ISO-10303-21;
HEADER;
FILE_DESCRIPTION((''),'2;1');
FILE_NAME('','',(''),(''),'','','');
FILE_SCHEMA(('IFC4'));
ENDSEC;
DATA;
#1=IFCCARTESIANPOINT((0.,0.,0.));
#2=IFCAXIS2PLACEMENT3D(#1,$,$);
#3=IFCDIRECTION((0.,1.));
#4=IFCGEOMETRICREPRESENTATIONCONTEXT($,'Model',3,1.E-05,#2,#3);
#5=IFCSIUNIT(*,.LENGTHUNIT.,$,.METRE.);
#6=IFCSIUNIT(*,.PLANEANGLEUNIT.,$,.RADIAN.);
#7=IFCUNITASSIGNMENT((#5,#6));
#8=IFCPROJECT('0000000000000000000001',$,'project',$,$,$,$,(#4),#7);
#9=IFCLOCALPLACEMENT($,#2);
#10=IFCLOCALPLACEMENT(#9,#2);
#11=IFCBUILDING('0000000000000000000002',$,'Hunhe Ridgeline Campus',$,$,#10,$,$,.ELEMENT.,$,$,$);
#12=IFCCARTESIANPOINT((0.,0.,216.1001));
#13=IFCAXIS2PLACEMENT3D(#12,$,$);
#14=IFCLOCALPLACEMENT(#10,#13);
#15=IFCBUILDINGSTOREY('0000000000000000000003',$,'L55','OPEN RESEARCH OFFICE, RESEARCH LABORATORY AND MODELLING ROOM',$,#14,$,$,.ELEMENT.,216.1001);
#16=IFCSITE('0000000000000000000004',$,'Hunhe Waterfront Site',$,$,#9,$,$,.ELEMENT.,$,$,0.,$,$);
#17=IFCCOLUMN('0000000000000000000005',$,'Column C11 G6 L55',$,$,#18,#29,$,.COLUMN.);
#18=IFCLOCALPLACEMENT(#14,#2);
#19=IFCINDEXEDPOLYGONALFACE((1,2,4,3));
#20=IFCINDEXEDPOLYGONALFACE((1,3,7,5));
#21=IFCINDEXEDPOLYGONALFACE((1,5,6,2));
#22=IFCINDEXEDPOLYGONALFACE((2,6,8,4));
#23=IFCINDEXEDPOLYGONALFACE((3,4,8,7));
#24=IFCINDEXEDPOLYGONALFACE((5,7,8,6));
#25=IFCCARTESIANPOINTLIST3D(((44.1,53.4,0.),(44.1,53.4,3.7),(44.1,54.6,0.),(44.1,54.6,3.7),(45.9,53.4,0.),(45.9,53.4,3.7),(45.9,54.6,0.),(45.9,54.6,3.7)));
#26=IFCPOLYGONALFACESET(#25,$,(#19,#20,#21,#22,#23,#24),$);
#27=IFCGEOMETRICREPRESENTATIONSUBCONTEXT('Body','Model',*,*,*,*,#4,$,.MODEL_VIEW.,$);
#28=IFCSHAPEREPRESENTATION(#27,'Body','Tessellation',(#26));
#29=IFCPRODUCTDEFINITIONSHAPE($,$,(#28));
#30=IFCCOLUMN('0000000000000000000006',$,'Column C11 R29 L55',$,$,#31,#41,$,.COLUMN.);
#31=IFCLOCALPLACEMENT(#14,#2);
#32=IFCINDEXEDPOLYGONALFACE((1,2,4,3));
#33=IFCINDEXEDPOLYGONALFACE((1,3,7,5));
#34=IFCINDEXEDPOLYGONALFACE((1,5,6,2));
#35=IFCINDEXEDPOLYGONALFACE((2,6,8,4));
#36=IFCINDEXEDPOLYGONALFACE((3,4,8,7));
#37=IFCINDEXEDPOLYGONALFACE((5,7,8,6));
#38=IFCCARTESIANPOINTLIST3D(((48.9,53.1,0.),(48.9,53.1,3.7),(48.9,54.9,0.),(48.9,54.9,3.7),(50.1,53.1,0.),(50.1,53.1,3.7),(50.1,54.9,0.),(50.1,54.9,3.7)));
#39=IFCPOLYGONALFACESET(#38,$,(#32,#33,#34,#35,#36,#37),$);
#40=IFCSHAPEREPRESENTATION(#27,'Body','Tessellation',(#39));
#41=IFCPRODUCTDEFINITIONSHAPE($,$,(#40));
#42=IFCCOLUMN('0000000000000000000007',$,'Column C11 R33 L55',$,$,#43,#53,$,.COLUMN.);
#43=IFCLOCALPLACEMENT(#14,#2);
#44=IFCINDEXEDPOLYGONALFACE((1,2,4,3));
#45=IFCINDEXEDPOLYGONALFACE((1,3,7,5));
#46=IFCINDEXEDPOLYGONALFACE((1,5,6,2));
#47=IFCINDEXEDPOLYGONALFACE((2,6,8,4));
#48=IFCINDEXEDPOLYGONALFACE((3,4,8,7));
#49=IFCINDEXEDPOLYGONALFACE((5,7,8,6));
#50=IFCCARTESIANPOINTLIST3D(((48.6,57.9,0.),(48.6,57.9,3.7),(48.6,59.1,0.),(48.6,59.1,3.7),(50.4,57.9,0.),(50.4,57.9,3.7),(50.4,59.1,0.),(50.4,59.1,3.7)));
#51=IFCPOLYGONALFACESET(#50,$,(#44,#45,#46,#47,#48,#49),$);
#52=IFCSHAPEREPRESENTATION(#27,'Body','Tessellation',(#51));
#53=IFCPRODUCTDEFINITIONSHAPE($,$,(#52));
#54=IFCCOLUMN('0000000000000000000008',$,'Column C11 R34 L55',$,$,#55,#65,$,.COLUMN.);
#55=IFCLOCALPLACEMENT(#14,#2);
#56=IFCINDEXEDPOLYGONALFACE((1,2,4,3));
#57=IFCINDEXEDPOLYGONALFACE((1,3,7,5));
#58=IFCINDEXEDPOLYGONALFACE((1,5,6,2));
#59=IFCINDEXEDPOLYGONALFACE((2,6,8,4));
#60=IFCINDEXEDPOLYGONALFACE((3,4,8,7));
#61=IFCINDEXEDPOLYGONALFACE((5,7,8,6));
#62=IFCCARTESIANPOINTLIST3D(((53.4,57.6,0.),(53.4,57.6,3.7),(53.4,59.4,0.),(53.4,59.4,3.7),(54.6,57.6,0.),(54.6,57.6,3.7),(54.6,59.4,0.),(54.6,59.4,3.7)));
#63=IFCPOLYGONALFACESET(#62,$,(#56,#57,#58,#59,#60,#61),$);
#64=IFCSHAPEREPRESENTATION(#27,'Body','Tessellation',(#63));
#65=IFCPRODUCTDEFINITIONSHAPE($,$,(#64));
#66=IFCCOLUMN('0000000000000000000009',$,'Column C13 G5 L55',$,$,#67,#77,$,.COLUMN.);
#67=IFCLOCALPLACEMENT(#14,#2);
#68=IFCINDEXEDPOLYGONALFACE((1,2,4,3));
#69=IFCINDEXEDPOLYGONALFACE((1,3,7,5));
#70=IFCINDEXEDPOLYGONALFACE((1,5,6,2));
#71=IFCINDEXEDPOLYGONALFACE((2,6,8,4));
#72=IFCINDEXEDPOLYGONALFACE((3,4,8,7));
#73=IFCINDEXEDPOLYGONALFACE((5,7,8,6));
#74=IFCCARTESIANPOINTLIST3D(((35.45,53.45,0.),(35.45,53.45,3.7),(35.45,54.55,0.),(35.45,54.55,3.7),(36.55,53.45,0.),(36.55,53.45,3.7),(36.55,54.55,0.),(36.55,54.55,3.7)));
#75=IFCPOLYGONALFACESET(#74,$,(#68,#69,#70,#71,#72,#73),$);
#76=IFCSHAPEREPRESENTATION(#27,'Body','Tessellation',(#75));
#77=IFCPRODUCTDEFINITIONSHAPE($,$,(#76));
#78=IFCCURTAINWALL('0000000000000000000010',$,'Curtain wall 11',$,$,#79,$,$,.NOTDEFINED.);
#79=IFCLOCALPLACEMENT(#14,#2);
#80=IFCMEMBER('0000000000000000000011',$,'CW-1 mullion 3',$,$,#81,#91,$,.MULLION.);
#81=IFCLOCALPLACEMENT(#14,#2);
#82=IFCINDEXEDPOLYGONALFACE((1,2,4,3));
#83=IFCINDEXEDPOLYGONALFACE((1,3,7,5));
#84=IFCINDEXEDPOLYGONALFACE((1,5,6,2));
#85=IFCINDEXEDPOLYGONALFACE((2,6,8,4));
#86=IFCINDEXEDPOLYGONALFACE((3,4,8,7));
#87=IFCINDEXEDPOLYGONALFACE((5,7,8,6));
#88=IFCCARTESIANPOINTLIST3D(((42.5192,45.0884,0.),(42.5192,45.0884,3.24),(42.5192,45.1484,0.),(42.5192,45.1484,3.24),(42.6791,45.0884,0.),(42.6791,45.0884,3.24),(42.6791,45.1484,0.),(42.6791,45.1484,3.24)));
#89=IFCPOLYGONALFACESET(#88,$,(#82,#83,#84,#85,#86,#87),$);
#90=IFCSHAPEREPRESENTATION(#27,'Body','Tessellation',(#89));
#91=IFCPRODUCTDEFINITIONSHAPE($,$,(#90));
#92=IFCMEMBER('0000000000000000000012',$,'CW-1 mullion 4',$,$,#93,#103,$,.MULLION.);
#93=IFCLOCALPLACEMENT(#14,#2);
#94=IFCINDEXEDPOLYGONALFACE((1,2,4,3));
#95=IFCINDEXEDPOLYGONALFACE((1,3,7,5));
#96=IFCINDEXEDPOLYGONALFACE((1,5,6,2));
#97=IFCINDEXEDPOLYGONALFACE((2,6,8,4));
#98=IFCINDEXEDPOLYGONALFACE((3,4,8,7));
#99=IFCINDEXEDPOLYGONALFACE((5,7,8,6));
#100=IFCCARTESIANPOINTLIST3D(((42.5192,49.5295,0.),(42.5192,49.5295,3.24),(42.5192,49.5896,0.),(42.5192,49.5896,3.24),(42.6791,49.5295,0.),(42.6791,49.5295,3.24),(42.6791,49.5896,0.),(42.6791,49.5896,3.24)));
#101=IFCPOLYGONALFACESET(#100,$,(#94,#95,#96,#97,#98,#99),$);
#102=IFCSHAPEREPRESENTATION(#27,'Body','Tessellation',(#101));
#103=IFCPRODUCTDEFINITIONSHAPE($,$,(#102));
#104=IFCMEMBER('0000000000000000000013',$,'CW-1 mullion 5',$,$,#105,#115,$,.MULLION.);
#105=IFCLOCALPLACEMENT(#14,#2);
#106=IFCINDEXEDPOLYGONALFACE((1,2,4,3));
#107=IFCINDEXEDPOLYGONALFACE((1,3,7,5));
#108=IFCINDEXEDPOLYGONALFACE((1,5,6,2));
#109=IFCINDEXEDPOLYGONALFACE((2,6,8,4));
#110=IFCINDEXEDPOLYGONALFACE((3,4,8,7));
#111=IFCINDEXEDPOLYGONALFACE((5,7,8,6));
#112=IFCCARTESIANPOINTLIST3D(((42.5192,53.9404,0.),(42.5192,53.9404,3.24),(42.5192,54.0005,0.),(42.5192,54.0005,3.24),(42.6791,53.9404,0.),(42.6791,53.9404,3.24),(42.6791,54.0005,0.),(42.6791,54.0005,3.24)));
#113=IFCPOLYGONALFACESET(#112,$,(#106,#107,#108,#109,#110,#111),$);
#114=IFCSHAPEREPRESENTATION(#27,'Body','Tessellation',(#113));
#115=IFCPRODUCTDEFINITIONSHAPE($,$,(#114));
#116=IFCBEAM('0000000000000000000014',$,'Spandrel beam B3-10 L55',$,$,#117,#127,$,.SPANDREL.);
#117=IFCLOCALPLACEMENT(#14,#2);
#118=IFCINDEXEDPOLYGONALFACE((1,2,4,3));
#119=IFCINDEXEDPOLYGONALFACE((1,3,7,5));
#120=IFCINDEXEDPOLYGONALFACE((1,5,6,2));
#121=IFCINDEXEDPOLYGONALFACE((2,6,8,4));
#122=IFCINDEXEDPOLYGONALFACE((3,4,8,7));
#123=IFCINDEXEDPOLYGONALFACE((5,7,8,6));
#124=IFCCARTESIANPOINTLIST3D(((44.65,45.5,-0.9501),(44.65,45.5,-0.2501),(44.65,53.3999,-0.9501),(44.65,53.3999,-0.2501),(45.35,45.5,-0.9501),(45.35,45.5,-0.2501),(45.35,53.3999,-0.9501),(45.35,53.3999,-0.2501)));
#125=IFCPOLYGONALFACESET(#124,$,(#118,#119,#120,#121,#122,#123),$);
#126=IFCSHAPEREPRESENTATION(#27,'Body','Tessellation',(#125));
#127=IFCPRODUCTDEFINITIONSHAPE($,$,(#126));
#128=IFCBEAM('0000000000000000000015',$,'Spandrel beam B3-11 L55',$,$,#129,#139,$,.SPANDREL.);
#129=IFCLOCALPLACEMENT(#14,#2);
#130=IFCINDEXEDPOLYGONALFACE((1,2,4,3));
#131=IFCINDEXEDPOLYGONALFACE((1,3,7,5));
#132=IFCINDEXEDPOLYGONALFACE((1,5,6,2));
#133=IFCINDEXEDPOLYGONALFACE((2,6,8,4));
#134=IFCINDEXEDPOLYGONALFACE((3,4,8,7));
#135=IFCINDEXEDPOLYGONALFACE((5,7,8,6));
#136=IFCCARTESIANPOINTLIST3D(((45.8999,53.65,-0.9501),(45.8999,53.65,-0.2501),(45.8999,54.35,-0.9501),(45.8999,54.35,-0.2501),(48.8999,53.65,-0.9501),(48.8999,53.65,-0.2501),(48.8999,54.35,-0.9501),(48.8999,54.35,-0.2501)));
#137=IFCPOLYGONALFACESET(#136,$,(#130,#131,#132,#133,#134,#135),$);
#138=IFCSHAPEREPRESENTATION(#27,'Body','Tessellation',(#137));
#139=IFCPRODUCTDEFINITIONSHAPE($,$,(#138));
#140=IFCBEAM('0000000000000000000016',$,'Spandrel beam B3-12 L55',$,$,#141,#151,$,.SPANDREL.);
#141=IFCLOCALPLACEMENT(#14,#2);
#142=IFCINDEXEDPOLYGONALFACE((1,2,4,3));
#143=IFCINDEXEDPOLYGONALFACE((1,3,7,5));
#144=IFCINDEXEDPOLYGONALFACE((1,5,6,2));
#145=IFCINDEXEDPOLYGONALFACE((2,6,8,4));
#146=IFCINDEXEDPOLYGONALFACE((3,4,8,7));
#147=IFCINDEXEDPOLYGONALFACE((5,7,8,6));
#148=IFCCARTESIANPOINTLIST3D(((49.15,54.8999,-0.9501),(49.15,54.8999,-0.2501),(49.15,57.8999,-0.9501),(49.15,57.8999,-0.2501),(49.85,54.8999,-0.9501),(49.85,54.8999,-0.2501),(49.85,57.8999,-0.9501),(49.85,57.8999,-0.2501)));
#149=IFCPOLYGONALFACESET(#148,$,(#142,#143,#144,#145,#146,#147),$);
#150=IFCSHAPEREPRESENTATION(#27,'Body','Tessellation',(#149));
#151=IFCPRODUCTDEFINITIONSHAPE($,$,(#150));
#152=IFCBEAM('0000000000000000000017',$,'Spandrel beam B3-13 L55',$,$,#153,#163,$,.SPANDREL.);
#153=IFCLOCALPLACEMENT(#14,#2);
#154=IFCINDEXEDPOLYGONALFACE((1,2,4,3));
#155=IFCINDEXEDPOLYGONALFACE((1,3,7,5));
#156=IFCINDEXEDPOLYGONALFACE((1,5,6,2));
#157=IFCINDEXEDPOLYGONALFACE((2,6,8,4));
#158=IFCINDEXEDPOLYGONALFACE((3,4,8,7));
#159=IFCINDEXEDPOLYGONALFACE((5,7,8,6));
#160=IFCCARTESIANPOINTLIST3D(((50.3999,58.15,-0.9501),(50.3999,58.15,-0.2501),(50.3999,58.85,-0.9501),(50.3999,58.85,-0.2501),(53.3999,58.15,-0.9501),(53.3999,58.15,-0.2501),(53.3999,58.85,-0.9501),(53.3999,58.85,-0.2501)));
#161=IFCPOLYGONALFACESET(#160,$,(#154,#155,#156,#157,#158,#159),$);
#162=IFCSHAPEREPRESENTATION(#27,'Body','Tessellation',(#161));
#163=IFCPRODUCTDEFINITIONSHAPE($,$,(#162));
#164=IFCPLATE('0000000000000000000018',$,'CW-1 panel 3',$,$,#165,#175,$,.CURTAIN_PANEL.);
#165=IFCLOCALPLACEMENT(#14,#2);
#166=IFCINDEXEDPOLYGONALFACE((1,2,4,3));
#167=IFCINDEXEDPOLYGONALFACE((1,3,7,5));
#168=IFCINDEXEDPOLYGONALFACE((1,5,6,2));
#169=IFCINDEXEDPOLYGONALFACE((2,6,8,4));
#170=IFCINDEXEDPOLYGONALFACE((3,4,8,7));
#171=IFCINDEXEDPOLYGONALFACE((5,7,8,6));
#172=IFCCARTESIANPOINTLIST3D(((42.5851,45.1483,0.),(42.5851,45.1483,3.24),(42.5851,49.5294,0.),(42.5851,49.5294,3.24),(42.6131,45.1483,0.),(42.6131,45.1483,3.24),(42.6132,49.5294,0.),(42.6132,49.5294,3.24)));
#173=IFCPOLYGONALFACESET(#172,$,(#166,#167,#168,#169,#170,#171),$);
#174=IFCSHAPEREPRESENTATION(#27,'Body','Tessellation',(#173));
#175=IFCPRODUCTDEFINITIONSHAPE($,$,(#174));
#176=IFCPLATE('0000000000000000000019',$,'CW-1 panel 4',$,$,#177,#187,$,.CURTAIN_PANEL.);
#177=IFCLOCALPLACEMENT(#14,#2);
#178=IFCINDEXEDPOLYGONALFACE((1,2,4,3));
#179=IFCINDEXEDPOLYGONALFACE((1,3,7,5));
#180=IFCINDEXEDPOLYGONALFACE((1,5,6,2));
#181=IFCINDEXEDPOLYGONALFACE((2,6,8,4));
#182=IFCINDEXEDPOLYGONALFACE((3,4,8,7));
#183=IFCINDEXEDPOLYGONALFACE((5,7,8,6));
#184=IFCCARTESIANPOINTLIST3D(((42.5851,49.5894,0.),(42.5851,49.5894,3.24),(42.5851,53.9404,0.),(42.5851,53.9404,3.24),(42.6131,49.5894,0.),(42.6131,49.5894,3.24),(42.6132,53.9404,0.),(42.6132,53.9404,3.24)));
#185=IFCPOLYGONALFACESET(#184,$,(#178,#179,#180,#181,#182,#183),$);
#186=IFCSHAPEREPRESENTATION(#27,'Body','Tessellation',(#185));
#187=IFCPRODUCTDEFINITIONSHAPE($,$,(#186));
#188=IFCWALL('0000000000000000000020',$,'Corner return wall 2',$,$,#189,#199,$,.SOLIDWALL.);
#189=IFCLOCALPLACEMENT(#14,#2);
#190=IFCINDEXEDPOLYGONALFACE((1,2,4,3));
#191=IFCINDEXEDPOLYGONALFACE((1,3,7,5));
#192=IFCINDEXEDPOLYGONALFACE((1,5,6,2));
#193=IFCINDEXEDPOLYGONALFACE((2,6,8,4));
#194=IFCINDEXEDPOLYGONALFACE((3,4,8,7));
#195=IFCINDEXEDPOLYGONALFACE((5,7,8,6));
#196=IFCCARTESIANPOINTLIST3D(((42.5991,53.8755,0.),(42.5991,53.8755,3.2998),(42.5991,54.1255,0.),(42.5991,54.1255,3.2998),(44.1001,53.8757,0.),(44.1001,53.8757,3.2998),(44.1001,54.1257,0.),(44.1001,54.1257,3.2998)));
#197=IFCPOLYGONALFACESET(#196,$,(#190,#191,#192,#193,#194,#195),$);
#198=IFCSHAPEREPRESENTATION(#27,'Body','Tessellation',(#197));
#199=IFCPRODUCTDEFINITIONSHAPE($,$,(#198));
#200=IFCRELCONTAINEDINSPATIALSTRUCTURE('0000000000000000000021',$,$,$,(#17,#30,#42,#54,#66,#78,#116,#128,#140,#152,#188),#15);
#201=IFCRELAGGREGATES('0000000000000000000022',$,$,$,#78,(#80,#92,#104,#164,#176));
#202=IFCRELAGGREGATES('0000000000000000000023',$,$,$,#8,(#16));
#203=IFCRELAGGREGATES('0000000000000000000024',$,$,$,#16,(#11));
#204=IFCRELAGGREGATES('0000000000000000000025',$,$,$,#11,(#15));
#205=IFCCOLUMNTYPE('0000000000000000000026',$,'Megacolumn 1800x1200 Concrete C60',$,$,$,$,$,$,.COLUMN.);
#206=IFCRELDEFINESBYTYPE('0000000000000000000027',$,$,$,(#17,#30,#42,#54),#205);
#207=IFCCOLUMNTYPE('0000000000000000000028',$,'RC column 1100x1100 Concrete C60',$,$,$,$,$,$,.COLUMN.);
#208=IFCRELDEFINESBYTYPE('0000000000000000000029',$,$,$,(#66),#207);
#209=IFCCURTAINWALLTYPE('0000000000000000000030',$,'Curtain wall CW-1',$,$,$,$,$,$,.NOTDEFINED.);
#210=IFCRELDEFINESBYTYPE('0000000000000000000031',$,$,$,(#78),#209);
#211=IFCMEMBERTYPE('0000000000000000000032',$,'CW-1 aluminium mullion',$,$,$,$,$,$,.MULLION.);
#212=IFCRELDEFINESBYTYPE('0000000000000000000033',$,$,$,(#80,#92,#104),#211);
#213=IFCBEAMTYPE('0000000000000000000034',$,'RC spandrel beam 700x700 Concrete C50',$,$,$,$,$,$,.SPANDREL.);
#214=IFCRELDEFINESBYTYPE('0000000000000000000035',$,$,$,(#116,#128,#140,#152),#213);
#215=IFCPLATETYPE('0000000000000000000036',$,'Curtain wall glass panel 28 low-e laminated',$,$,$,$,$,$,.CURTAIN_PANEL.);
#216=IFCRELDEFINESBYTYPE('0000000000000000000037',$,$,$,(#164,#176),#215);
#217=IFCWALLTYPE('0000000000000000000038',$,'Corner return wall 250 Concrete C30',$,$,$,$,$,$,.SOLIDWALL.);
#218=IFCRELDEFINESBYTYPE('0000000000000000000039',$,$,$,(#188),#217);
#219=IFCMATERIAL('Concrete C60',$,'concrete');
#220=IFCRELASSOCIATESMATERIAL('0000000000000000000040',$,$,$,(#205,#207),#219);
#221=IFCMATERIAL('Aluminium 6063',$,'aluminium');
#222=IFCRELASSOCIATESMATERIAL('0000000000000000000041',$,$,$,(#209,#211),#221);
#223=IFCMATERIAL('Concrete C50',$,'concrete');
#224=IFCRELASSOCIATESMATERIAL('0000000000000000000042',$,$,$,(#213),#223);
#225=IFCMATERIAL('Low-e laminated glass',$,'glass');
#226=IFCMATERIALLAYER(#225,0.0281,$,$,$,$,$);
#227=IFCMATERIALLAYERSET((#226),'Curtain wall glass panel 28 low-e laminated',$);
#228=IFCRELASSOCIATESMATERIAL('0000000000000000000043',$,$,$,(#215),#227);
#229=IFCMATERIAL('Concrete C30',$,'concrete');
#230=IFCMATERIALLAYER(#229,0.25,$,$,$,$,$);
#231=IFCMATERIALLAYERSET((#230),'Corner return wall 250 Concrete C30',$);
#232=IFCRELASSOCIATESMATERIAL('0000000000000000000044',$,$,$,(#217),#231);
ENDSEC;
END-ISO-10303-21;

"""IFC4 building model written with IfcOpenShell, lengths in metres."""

from ifc_helpers import new_model, si_unit, direction, frame, frame_2d, origin, origin_2d, place, context, subcontext, project, spatial, rectangle, extrude, material, layer, layer_set, material_profile, profile_set, type_object, element, aggregate, save


model = new_model("IFC4")

# Units and contexts
model_context = context("Model", 3, precision=1e-05, world=origin(), true_north=direction((0.0, 1.0)))
body_context = subcontext(model_context, "Body", "Model", "MODEL_VIEW")
ifc_project = project(units=[si_unit("LENGTHUNIT", "METRE"), si_unit("PLANEANGLEUNIT", "RADIAN")], contexts=[model_context])

# Site, building, storey
site_placement = place(None, origin())
site = spatial("IfcSite", under=ifc_project, at=site_placement, Name="Hunhe Waterfront Site", CompositionType="ELEMENT", RefElevation=0.0)
building_placement = place(site_placement, origin())
building = spatial("IfcBuilding", under=site, at=building_placement, Name="Hunhe Ridgeline Campus", CompositionType="ELEMENT")
storey_placement = place(building_placement, frame((0.0, 0.0, 216.1001)))
storey = spatial("IfcBuildingStorey", under=building, at=storey_placement, Name="L55", Description="OPEN RESEARCH OFFICE, RESEARCH LABORATORY AND MODELLING ROOM", CompositionType="ELEMENT", Elevation=216.1001)

# Columns
ifc_material_1 = material(Name="Concrete C60", Category="concrete")
ifc_material_profile_1 = material_profile(ifc_material_1, rectangle(XDim=1.8, YDim=1.2, at=origin_2d()))
ifc_profile_set_1 = profile_set([ifc_material_profile_1], Name="Concrete C60")
column_type_1 = type_object("IfcColumnType", Name="Megacolumn 1800x1200 Concrete C60", PredefinedType="COLUMN", material=ifc_profile_set_1)
for number, where, z_axis, x_axis, name in (
    (1, (45.0, 54.0, 0.0), (0.0, 0.0, 1.0), (1.0, 0.0, 0.0), "Column C11 G6 L55"),
    (2, (49.5, 54.0, 0.0), (0.0, 0.0, 1.0), (0.0, 1.0, 0.0), "Column C11 R29 L55"),
    (3, (49.5, 58.5, 0.0), (0.0, 0.0, 1.0), (1.0, 0.0, 0.0), "Column C11 R33 L55"),
    (4, (54.0, 58.5, 0.0), (0.0, 0.0, 1.0), (0.0, 1.0, 0.0), "Column C11 R34 L55"),
):
    element("IfcColumn", number, at=place(storey_placement, frame(where, z_axis=z_axis, x_axis=x_axis)), inside=storey, type_object=column_type_1, Name=name, PredefinedType="COLUMN", context=body_context, shape_type="SweptSolid", body=[
        extrude(rectangle(XDim=1.8, YDim=1.2, at=origin_2d()), origin(), (0.0, 0.0, 1.0), 3.7),
    ])
ifc_material_profile_2 = material_profile(ifc_material_1, rectangle(XDim=1.1001, YDim=1.1001, at=origin_2d()))
ifc_profile_set_2 = profile_set([ifc_material_profile_2], Name="Concrete C60")
column_type_2 = type_object("IfcColumnType", Name="RC column 1100x1100 Concrete C60", PredefinedType="COLUMN", material=ifc_profile_set_2)
column_placement = place(storey_placement, frame((36.0, 54.0, 0.0), z_axis=(0.0, 0.0, 1.0), x_axis=(1.0, 0.0, 0.0)))
element("IfcColumn", 5, at=column_placement, inside=storey, type_object=column_type_2, Name="Column C13 G5 L55", PredefinedType="COLUMN", context=body_context, shape_type="SweptSolid", body=[
    extrude(rectangle(XDim=1.1001, YDim=1.1001, at=origin_2d()), origin(), (0.0, 0.0, 1.0), 3.7),
])

# Curtain wall, members
ifc_material_2 = material(Name="Aluminium 6063", Category="aluminium")
curtain_wall_type = type_object("IfcCurtainWallType", Name="Curtain wall CW-1", PredefinedType="NOTDEFINED", material=ifc_material_2)
curtain_wall_placement = place(storey_placement, origin())
curtain_wall = element("IfcCurtainWall", 6, at=curtain_wall_placement, inside=storey, type_object=curtain_wall_type, Name="Curtain wall 11", PredefinedType="NOTDEFINED")
ifc_material_profile_3 = material_profile(ifc_material_2, rectangle(XDim=0.1599, YDim=0.0601, at=origin_2d()))
ifc_profile_set_3 = profile_set([ifc_material_profile_3], Name="Aluminium 6063")
member_type = type_object("IfcMemberType", Name="CW-1 aluminium mullion", PredefinedType="MULLION", material=ifc_profile_set_3)
member_1_placement = place(storey_placement, frame((42.5991, 45.1184, 0.0), z_axis=(0.0, 0.0, 1.0), x_axis=(-1.0, 0.000007, 0.0)))
member_1 = element("IfcMember", 7, at=member_1_placement, type_object=member_type, Name="CW-1 mullion 3", PredefinedType="MULLION", context=body_context, shape_type="SweptSolid", body=[
    extrude(rectangle(XDim=0.1599, YDim=0.0601, at=origin_2d()), origin(), (0.0, 0.0, 1.0), 3.24),
])
member_2_placement = place(storey_placement, frame((42.5991, 49.5596, 0.0), z_axis=(0.0, 0.0, 1.0), x_axis=(-1.0, 0.000007, 0.0)))
member_2 = element("IfcMember", 8, at=member_2_placement, type_object=member_type, Name="CW-1 mullion 4", PredefinedType="MULLION", context=body_context, shape_type="SweptSolid", body=[
    extrude(rectangle(XDim=0.1599, YDim=0.0601, at=origin_2d()), origin(), (0.0, 0.0, 1.0), 3.24),
])
member_3_placement = place(storey_placement, frame((42.5991, 53.9705, 0.0), z_axis=(0.0, 0.0, 1.0), x_axis=(-1.0, 0.000007, 0.0)))
member_3 = element("IfcMember", 9, at=member_3_placement, type_object=member_type, Name="CW-1 mullion 5", PredefinedType="MULLION", context=body_context, shape_type="SweptSolid", body=[
    extrude(rectangle(XDim=0.1599, YDim=0.0601, at=origin_2d()), origin(), (0.0, 0.0, 1.0), 3.24),
])

# Beams
ifc_material_3 = material(Name="Concrete C50", Category="concrete")
ifc_material_profile_4 = material_profile(ifc_material_3, rectangle(XDim=0.7, YDim=0.7, at=origin_2d()))
ifc_profile_set_4 = profile_set([ifc_material_profile_4], Name="Concrete C50")
beam_type = type_object("IfcBeamType", Name="RC spandrel beam 700x700 Concrete C50", PredefinedType="SPANDREL", material=ifc_profile_set_4)
beam_placement = place(storey_placement, frame((45.0, 45.5, -0.6001), z_axis=(0.0, 1.0, 0.0), x_axis=(-1.0, 0.0, 0.0)))
element("IfcBeam", 10, at=beam_placement, inside=storey, type_object=beam_type, Name="Spandrel beam B3-10 L55", PredefinedType="SPANDREL", context=body_context, shape_type="SweptSolid", body=[
    extrude(rectangle(XDim=0.7, YDim=0.7, at=origin_2d()), origin(), (0.0, 0.0, 1.0), 7.8999),
])
for number, where, z_axis, x_axis, name in (
    (11, (45.8999, 54.0, -0.6001), (1.0, 0.0, 0.0), (0.0, 1.0, 0.0), "Spandrel beam B3-11 L55"),
    (12, (49.5, 54.8999, -0.6001), (0.0, 1.0, 0.0), (-1.0, 0.0, 0.0), "Spandrel beam B3-12 L55"),
    (13, (50.3999, 58.5, -0.6001), (1.0, 0.0, 0.0), (0.0, 1.0, 0.0), "Spandrel beam B3-13 L55"),
):
    element("IfcBeam", number, at=place(storey_placement, frame(where, z_axis=z_axis, x_axis=x_axis)), inside=storey, type_object=beam_type, Name=name, PredefinedType="SPANDREL", context=body_context, shape_type="SweptSolid", body=[
        extrude(rectangle(XDim=0.7, YDim=0.7, at=origin_2d()), origin(), (0.0, 0.0, 1.0), 3.0),
    ])

# Plates
ifc_material_4 = material(Name="Low-e laminated glass", Category="glass")
ifc_layer_1 = layer(ifc_material_4, 0.0281)
ifc_layer_set_1 = layer_set([ifc_layer_1], Name="Curtain wall glass panel 28 low-e laminated")
plate_type = type_object("IfcPlateType", Name="Curtain wall glass panel 28 low-e laminated", PredefinedType="CURTAIN_PANEL", material=ifc_layer_set_1)
plate_1_placement = place(storey_placement, frame((42.5991, 47.3389, 0.0), z_axis=(0.0, 0.0, 1.0), x_axis=(0.000007, 1.0, 0.0)))
plate_1 = element("IfcPlate", 14, at=plate_1_placement, type_object=plate_type, Name="CW-1 panel 3", PredefinedType="CURTAIN_PANEL", context=body_context, shape_type="SweptSolid", body=[
    extrude(rectangle(XDim=4.3811, YDim=0.0281, at=origin_2d()), origin(), (0.0, 0.0, 1.0), 3.24),
])
plate_2_placement = place(storey_placement, frame((42.5991, 51.7649, 0.0), z_axis=(0.0, 0.0, 1.0), x_axis=(0.000007, 1.0, 0.0)))
plate_2 = element("IfcPlate", 15, at=plate_2_placement, type_object=plate_type, Name="CW-1 panel 4", PredefinedType="CURTAIN_PANEL", context=body_context, shape_type="SweptSolid", body=[
    extrude(rectangle(XDim=4.3511, YDim=0.0281, at=origin_2d()), origin(), (0.0, 0.0, 1.0), 3.24),
])
aggregate(curtain_wall, [member_1, member_2, member_3, plate_1, plate_2])

# Wall
ifc_material_5 = material(Name="Concrete C30", Category="concrete")
ifc_layer_2 = layer(ifc_material_5, 0.25)
ifc_layer_set_2 = layer_set([ifc_layer_2], Name="Corner return wall 250 Concrete C30")
wall_type_1 = type_object("IfcWallType", Name="Corner return wall 250 Concrete C30", PredefinedType="SOLIDWALL", material=ifc_layer_set_2)
wall_1_placement = place(storey_placement, frame((42.5991, 54.0005, 0.0), z_axis=(0.0, 0.0, 1.0), x_axis=(1.0, 0.000163, 0.0)))
element("IfcWall", 16, at=wall_1_placement, inside=storey, type_object=wall_type_1, Name="Corner return wall 2", PredefinedType="SOLIDWALL", context=body_context, shape_type="SweptSolid", body=[
    extrude(rectangle(XDim=1.501, YDim=0.25, at=frame_2d((0.7505, 0.0))), origin(), (0.0, 0.0, 1.0), 3.2998),
])

save(model, "model.ifc")
